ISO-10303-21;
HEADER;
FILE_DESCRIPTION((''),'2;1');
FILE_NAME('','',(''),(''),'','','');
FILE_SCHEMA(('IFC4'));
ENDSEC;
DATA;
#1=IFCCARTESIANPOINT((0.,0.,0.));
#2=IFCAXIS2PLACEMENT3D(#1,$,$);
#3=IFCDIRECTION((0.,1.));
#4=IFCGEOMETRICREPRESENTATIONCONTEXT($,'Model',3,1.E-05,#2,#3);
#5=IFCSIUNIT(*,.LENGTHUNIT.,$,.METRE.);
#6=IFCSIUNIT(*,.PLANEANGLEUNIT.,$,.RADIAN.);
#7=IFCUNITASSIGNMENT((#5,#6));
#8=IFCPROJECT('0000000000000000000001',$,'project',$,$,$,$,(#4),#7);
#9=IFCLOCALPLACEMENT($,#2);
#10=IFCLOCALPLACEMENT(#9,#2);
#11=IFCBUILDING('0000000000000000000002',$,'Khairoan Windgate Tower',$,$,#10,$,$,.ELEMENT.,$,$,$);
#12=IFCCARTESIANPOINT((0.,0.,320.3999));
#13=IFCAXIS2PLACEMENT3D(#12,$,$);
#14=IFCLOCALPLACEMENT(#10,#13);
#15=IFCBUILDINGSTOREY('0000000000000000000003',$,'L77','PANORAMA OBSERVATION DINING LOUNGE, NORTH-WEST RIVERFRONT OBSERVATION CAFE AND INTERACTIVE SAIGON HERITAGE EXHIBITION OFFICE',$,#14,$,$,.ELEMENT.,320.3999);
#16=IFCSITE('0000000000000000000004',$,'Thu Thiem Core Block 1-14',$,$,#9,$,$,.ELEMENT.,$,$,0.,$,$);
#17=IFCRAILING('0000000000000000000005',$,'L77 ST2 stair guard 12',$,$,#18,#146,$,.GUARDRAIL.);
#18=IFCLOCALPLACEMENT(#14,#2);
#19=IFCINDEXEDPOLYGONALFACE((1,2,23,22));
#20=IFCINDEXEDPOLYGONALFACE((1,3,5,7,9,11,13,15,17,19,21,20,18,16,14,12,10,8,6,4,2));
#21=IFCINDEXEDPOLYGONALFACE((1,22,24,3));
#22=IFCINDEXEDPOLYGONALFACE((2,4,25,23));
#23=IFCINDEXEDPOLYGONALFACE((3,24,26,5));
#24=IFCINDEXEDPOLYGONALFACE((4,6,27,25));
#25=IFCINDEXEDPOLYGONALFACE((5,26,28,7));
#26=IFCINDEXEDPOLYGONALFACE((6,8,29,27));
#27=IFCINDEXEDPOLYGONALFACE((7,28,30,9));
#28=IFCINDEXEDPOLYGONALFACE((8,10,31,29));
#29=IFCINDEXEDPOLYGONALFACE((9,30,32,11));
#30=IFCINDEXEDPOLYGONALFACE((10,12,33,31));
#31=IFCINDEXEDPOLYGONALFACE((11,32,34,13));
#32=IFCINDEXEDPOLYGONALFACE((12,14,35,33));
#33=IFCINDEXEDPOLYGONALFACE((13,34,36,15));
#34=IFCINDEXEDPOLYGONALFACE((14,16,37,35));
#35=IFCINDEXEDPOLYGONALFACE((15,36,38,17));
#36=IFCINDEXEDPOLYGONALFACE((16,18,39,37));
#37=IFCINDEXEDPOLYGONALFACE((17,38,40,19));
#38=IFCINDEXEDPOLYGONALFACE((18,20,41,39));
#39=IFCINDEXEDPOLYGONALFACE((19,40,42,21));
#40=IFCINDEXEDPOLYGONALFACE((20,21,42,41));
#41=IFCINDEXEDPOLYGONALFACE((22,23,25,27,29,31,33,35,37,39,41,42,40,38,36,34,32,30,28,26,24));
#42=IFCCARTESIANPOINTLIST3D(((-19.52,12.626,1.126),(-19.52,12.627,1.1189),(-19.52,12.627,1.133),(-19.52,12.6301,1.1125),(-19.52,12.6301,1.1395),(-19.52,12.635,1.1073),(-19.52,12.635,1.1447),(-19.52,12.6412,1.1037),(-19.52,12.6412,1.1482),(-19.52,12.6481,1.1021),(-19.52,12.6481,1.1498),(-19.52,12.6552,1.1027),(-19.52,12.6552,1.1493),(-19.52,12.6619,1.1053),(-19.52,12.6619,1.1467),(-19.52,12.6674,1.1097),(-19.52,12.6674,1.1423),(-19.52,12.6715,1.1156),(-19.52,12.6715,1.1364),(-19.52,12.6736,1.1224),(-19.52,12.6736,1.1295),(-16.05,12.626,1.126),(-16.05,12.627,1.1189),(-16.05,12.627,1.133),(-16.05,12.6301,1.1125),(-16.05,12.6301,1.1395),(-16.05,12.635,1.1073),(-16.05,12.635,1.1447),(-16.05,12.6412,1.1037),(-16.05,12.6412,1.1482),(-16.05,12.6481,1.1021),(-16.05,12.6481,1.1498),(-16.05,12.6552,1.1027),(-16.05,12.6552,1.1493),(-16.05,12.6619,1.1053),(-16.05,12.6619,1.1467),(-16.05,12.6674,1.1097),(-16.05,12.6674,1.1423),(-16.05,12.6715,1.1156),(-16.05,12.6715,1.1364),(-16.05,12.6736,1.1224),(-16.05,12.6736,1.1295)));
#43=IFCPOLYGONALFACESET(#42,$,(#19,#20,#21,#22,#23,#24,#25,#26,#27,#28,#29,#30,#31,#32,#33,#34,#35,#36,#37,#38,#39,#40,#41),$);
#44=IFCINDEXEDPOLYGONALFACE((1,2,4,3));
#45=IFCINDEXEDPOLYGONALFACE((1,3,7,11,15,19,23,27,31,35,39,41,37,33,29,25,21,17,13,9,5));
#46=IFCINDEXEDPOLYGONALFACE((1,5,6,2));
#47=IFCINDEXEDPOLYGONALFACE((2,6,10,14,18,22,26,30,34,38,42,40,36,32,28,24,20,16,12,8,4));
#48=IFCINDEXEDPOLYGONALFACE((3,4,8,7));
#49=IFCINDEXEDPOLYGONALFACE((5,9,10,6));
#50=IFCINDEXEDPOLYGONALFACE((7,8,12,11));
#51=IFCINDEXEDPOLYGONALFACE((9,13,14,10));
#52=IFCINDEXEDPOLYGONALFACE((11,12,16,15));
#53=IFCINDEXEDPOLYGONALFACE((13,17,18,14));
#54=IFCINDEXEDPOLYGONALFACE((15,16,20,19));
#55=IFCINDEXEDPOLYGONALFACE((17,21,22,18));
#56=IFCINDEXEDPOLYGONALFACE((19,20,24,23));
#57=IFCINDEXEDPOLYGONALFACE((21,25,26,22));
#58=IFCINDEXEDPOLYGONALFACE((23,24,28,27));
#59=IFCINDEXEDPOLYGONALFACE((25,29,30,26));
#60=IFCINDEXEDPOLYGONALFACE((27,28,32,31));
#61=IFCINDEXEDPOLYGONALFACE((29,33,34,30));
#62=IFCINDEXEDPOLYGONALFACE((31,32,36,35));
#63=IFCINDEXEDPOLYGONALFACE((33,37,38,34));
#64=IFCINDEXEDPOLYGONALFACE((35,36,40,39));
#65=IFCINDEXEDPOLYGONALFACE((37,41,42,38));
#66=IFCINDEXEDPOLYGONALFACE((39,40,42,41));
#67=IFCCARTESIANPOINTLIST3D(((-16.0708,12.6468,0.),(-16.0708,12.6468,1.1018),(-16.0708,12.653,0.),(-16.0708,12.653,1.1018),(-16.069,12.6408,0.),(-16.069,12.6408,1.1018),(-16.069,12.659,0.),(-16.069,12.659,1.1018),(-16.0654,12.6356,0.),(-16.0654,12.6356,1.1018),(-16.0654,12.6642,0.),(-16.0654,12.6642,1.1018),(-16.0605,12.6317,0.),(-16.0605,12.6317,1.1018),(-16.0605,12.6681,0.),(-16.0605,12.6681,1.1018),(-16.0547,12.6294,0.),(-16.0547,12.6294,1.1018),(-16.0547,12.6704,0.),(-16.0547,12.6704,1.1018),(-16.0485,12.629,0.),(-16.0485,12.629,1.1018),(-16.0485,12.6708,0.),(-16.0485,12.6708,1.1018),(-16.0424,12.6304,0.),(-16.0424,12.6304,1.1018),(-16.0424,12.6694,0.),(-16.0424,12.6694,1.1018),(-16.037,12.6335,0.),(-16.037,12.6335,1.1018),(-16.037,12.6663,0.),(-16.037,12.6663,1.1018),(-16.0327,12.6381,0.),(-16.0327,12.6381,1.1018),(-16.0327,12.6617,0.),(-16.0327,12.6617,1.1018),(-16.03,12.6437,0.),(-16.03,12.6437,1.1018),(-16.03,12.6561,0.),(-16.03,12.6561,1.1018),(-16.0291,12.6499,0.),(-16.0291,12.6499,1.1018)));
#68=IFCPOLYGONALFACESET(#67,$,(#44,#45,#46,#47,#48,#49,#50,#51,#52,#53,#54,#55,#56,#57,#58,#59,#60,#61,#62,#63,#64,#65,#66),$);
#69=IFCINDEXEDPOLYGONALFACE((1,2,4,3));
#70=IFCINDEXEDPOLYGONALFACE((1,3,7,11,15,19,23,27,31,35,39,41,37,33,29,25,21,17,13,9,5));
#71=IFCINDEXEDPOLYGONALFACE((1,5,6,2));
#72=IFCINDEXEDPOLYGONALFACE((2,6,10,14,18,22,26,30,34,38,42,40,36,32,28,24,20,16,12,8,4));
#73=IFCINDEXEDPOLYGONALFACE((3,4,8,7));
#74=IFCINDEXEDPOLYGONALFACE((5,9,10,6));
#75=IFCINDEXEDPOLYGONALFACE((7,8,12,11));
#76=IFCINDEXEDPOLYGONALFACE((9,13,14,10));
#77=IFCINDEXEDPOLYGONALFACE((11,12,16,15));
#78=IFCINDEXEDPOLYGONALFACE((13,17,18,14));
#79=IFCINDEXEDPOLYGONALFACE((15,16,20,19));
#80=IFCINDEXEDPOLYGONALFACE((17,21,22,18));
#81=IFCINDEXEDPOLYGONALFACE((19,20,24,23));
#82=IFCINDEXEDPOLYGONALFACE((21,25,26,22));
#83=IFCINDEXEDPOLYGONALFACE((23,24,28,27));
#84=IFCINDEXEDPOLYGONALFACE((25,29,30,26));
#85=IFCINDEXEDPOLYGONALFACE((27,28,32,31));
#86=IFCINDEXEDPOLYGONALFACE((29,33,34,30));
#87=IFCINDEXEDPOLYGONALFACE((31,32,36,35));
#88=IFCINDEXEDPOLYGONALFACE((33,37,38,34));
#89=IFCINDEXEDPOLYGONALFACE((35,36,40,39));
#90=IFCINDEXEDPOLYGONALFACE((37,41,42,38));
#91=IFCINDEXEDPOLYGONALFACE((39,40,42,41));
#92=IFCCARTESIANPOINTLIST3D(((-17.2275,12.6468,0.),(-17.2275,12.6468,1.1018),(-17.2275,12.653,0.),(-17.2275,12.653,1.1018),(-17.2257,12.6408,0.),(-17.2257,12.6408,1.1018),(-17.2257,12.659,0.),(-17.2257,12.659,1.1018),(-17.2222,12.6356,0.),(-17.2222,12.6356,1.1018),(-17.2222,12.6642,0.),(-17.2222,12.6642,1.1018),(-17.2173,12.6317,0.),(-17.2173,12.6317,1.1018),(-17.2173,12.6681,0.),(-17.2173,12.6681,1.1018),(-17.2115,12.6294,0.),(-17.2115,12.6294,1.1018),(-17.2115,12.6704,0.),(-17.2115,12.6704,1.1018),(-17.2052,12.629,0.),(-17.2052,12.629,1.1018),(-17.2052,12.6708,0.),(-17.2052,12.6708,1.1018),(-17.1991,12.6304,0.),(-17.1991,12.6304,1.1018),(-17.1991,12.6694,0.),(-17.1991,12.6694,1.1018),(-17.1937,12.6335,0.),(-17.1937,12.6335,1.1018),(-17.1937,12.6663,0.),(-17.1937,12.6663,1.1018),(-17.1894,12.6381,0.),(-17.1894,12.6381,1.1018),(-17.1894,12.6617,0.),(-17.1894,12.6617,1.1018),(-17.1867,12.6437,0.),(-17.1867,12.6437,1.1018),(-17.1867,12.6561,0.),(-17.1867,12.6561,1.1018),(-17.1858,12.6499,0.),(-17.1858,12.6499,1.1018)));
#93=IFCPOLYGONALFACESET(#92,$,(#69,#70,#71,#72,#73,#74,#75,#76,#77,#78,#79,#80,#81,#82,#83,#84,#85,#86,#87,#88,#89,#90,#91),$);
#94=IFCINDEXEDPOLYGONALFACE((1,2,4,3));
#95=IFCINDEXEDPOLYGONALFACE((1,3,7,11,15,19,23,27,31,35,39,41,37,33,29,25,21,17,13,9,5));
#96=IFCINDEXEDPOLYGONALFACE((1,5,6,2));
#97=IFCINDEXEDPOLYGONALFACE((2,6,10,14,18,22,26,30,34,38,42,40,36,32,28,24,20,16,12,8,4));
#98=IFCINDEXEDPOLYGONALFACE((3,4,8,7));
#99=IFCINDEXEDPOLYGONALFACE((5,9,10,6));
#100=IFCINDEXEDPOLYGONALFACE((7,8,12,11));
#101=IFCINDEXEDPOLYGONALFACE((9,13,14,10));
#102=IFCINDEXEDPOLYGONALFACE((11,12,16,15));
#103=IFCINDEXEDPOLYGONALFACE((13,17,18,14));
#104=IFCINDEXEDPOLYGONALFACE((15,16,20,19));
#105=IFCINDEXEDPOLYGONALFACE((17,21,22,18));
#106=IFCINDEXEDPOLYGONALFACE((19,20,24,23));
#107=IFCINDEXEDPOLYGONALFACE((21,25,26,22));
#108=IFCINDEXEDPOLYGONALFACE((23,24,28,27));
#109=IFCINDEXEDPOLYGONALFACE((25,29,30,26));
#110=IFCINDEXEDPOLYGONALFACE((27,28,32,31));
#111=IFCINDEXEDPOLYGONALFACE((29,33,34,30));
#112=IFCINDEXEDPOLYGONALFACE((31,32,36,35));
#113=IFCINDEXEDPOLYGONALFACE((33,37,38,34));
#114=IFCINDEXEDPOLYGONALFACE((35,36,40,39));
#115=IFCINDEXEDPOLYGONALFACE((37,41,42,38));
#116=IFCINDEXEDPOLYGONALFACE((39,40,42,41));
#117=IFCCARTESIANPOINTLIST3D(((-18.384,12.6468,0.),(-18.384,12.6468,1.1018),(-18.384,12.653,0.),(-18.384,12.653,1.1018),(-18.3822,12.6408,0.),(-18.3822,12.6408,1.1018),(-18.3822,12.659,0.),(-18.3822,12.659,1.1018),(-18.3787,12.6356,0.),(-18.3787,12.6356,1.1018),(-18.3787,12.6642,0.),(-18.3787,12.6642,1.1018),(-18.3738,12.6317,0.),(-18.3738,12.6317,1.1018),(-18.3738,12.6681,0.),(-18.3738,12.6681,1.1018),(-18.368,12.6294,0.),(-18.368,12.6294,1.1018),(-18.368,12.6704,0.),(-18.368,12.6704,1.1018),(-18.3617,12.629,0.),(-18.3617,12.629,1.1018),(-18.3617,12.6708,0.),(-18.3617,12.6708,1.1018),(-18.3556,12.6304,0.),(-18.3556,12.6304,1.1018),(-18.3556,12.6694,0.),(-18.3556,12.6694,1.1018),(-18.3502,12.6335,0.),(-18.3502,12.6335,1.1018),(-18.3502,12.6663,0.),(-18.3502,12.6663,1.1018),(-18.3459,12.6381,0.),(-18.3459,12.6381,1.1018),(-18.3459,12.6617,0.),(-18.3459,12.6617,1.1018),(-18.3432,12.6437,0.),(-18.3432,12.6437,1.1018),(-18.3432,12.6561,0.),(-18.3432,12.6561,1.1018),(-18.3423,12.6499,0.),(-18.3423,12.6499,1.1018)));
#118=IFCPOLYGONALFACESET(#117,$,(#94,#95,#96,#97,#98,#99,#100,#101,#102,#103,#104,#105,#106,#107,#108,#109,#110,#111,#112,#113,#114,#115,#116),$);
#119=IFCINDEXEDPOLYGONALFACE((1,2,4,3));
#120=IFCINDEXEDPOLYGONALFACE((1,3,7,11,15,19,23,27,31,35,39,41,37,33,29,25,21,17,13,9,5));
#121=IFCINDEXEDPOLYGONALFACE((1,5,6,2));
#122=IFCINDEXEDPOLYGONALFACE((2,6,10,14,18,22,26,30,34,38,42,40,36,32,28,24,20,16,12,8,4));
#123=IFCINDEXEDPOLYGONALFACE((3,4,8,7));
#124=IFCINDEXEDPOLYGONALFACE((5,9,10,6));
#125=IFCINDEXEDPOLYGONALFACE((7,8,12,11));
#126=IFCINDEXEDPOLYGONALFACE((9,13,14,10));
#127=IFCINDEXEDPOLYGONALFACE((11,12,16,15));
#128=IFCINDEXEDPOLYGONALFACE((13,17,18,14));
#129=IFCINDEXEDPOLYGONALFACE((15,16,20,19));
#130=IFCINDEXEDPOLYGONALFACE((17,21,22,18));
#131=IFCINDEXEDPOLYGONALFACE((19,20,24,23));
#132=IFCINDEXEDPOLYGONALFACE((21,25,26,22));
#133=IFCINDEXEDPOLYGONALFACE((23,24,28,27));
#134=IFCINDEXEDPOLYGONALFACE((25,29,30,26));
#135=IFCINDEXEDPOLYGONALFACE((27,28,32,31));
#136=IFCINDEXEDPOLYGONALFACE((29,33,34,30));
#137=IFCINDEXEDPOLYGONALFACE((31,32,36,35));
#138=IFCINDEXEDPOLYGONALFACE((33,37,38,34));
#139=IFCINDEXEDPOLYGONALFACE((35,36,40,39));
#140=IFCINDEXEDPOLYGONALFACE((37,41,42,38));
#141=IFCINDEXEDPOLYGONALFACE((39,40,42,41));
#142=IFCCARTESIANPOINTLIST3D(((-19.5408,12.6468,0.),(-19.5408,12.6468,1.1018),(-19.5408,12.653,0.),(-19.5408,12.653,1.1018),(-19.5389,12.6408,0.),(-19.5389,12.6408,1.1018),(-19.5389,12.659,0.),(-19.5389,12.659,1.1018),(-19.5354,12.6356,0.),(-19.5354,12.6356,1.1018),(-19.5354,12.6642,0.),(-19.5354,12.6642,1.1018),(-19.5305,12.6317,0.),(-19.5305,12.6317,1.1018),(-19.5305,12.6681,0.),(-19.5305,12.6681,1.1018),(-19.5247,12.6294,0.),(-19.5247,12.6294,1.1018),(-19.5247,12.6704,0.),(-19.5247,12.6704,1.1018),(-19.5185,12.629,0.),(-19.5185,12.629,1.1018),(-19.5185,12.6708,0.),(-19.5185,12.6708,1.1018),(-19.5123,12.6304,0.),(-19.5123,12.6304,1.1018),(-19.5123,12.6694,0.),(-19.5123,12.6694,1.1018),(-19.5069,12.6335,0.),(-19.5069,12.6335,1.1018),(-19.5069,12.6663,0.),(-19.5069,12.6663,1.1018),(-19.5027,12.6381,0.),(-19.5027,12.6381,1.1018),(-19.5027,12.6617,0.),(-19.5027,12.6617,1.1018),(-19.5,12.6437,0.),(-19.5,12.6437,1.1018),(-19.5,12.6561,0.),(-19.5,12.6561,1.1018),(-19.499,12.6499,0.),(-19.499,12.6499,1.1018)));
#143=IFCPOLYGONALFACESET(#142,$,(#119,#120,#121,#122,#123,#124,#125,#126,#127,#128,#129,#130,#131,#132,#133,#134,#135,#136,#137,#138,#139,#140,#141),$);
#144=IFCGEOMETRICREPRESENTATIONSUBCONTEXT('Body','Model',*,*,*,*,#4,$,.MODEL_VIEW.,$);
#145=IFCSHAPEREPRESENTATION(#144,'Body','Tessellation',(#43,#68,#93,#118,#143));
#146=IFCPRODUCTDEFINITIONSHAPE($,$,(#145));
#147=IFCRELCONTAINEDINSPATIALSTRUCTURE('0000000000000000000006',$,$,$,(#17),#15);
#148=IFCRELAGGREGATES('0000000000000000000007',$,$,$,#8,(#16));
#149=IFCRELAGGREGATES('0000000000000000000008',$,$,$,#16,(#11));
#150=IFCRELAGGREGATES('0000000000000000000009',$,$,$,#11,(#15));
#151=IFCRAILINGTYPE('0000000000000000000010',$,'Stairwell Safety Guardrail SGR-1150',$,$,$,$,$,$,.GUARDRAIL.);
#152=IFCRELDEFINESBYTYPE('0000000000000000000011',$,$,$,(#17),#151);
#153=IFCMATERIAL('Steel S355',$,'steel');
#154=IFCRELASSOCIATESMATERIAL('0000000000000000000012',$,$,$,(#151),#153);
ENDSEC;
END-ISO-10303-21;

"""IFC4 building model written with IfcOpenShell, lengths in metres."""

from ifc_helpers import new_model, si_unit, direction, frame, origin, origin_2d, place, context, subcontext, project, spatial, circle, extrude, material, type_object, element, save


model = new_model("IFC4")

# Units and contexts
model_context = context("Model", 3, precision=1e-05, world=origin(), true_north=direction((0.0, 1.0)))
body_context = subcontext(model_context, "Body", "Model", "MODEL_VIEW")
ifc_project = project(units=[si_unit("LENGTHUNIT", "METRE"), si_unit("PLANEANGLEUNIT", "RADIAN")], contexts=[model_context])

# Site, building, storey
site_placement = place(None, origin())
site = spatial("IfcSite", under=ifc_project, at=site_placement, Name="Thu Thiem Core Block 1-14", CompositionType="ELEMENT", RefElevation=0.0)
building_placement = place(site_placement, origin())
building = spatial("IfcBuilding", under=site, at=building_placement, Name="Khairoan Windgate Tower", CompositionType="ELEMENT")
storey_placement = place(building_placement, frame((0.0, 0.0, 320.3999)))
storey = spatial("IfcBuildingStorey", under=building, at=storey_placement, Name="L77", Description="PANORAMA OBSERVATION DINING LOUNGE, NORTH-WEST RIVERFRONT OBSERVATION CAFE AND INTERACTIVE SAIGON HERITAGE EXHIBITION OFFICE", CompositionType="ELEMENT", Elevation=320.3999)

# Railing
ifc_material_1 = material(Name="Steel S355", Category="steel")
railing_type = type_object("IfcRailingType", Name="Stairwell Safety Guardrail SGR-1150", PredefinedType="GUARDRAIL", material=ifc_material_1)
railing_1_placement = place(storey_placement, frame((-16.05, 12.6499, 0.0)))
element("IfcRailing", 1, at=railing_1_placement, inside=storey, type_object=railing_type, Name="L77 ST2 stair guard 12", PredefinedType="GUARDRAIL", context=body_context, shape_type="SweptSolid", body=[
    extrude(circle(Radius=0.0239, at=origin_2d()), frame((0.0, 0.0, 1.126), z_axis=(-1.0, 0.0, 0.0), x_axis=(0.0, -1.0, 0.0)), (0.0, 0.0, 1.0), 3.47),
    extrude(circle(Radius=0.021, at=origin_2d()), origin(), (0.0, 0.0, 1.0), 1.1018),
    extrude(circle(Radius=0.021, at=origin_2d()), frame((-1.1567, 0.0, 0.0)), (0.0, 0.0, 1.0), 1.1018),
    extrude(circle(Radius=0.021, at=origin_2d()), frame((-2.3132, 0.0, 0.0)), (0.0, 0.0, 1.0), 1.1018),
    extrude(circle(Radius=0.021, at=origin_2d()), frame((-3.47, 0.0, 0.0)), (0.0, 0.0, 1.0), 1.1018),
])

save(model, "model.ifc")
